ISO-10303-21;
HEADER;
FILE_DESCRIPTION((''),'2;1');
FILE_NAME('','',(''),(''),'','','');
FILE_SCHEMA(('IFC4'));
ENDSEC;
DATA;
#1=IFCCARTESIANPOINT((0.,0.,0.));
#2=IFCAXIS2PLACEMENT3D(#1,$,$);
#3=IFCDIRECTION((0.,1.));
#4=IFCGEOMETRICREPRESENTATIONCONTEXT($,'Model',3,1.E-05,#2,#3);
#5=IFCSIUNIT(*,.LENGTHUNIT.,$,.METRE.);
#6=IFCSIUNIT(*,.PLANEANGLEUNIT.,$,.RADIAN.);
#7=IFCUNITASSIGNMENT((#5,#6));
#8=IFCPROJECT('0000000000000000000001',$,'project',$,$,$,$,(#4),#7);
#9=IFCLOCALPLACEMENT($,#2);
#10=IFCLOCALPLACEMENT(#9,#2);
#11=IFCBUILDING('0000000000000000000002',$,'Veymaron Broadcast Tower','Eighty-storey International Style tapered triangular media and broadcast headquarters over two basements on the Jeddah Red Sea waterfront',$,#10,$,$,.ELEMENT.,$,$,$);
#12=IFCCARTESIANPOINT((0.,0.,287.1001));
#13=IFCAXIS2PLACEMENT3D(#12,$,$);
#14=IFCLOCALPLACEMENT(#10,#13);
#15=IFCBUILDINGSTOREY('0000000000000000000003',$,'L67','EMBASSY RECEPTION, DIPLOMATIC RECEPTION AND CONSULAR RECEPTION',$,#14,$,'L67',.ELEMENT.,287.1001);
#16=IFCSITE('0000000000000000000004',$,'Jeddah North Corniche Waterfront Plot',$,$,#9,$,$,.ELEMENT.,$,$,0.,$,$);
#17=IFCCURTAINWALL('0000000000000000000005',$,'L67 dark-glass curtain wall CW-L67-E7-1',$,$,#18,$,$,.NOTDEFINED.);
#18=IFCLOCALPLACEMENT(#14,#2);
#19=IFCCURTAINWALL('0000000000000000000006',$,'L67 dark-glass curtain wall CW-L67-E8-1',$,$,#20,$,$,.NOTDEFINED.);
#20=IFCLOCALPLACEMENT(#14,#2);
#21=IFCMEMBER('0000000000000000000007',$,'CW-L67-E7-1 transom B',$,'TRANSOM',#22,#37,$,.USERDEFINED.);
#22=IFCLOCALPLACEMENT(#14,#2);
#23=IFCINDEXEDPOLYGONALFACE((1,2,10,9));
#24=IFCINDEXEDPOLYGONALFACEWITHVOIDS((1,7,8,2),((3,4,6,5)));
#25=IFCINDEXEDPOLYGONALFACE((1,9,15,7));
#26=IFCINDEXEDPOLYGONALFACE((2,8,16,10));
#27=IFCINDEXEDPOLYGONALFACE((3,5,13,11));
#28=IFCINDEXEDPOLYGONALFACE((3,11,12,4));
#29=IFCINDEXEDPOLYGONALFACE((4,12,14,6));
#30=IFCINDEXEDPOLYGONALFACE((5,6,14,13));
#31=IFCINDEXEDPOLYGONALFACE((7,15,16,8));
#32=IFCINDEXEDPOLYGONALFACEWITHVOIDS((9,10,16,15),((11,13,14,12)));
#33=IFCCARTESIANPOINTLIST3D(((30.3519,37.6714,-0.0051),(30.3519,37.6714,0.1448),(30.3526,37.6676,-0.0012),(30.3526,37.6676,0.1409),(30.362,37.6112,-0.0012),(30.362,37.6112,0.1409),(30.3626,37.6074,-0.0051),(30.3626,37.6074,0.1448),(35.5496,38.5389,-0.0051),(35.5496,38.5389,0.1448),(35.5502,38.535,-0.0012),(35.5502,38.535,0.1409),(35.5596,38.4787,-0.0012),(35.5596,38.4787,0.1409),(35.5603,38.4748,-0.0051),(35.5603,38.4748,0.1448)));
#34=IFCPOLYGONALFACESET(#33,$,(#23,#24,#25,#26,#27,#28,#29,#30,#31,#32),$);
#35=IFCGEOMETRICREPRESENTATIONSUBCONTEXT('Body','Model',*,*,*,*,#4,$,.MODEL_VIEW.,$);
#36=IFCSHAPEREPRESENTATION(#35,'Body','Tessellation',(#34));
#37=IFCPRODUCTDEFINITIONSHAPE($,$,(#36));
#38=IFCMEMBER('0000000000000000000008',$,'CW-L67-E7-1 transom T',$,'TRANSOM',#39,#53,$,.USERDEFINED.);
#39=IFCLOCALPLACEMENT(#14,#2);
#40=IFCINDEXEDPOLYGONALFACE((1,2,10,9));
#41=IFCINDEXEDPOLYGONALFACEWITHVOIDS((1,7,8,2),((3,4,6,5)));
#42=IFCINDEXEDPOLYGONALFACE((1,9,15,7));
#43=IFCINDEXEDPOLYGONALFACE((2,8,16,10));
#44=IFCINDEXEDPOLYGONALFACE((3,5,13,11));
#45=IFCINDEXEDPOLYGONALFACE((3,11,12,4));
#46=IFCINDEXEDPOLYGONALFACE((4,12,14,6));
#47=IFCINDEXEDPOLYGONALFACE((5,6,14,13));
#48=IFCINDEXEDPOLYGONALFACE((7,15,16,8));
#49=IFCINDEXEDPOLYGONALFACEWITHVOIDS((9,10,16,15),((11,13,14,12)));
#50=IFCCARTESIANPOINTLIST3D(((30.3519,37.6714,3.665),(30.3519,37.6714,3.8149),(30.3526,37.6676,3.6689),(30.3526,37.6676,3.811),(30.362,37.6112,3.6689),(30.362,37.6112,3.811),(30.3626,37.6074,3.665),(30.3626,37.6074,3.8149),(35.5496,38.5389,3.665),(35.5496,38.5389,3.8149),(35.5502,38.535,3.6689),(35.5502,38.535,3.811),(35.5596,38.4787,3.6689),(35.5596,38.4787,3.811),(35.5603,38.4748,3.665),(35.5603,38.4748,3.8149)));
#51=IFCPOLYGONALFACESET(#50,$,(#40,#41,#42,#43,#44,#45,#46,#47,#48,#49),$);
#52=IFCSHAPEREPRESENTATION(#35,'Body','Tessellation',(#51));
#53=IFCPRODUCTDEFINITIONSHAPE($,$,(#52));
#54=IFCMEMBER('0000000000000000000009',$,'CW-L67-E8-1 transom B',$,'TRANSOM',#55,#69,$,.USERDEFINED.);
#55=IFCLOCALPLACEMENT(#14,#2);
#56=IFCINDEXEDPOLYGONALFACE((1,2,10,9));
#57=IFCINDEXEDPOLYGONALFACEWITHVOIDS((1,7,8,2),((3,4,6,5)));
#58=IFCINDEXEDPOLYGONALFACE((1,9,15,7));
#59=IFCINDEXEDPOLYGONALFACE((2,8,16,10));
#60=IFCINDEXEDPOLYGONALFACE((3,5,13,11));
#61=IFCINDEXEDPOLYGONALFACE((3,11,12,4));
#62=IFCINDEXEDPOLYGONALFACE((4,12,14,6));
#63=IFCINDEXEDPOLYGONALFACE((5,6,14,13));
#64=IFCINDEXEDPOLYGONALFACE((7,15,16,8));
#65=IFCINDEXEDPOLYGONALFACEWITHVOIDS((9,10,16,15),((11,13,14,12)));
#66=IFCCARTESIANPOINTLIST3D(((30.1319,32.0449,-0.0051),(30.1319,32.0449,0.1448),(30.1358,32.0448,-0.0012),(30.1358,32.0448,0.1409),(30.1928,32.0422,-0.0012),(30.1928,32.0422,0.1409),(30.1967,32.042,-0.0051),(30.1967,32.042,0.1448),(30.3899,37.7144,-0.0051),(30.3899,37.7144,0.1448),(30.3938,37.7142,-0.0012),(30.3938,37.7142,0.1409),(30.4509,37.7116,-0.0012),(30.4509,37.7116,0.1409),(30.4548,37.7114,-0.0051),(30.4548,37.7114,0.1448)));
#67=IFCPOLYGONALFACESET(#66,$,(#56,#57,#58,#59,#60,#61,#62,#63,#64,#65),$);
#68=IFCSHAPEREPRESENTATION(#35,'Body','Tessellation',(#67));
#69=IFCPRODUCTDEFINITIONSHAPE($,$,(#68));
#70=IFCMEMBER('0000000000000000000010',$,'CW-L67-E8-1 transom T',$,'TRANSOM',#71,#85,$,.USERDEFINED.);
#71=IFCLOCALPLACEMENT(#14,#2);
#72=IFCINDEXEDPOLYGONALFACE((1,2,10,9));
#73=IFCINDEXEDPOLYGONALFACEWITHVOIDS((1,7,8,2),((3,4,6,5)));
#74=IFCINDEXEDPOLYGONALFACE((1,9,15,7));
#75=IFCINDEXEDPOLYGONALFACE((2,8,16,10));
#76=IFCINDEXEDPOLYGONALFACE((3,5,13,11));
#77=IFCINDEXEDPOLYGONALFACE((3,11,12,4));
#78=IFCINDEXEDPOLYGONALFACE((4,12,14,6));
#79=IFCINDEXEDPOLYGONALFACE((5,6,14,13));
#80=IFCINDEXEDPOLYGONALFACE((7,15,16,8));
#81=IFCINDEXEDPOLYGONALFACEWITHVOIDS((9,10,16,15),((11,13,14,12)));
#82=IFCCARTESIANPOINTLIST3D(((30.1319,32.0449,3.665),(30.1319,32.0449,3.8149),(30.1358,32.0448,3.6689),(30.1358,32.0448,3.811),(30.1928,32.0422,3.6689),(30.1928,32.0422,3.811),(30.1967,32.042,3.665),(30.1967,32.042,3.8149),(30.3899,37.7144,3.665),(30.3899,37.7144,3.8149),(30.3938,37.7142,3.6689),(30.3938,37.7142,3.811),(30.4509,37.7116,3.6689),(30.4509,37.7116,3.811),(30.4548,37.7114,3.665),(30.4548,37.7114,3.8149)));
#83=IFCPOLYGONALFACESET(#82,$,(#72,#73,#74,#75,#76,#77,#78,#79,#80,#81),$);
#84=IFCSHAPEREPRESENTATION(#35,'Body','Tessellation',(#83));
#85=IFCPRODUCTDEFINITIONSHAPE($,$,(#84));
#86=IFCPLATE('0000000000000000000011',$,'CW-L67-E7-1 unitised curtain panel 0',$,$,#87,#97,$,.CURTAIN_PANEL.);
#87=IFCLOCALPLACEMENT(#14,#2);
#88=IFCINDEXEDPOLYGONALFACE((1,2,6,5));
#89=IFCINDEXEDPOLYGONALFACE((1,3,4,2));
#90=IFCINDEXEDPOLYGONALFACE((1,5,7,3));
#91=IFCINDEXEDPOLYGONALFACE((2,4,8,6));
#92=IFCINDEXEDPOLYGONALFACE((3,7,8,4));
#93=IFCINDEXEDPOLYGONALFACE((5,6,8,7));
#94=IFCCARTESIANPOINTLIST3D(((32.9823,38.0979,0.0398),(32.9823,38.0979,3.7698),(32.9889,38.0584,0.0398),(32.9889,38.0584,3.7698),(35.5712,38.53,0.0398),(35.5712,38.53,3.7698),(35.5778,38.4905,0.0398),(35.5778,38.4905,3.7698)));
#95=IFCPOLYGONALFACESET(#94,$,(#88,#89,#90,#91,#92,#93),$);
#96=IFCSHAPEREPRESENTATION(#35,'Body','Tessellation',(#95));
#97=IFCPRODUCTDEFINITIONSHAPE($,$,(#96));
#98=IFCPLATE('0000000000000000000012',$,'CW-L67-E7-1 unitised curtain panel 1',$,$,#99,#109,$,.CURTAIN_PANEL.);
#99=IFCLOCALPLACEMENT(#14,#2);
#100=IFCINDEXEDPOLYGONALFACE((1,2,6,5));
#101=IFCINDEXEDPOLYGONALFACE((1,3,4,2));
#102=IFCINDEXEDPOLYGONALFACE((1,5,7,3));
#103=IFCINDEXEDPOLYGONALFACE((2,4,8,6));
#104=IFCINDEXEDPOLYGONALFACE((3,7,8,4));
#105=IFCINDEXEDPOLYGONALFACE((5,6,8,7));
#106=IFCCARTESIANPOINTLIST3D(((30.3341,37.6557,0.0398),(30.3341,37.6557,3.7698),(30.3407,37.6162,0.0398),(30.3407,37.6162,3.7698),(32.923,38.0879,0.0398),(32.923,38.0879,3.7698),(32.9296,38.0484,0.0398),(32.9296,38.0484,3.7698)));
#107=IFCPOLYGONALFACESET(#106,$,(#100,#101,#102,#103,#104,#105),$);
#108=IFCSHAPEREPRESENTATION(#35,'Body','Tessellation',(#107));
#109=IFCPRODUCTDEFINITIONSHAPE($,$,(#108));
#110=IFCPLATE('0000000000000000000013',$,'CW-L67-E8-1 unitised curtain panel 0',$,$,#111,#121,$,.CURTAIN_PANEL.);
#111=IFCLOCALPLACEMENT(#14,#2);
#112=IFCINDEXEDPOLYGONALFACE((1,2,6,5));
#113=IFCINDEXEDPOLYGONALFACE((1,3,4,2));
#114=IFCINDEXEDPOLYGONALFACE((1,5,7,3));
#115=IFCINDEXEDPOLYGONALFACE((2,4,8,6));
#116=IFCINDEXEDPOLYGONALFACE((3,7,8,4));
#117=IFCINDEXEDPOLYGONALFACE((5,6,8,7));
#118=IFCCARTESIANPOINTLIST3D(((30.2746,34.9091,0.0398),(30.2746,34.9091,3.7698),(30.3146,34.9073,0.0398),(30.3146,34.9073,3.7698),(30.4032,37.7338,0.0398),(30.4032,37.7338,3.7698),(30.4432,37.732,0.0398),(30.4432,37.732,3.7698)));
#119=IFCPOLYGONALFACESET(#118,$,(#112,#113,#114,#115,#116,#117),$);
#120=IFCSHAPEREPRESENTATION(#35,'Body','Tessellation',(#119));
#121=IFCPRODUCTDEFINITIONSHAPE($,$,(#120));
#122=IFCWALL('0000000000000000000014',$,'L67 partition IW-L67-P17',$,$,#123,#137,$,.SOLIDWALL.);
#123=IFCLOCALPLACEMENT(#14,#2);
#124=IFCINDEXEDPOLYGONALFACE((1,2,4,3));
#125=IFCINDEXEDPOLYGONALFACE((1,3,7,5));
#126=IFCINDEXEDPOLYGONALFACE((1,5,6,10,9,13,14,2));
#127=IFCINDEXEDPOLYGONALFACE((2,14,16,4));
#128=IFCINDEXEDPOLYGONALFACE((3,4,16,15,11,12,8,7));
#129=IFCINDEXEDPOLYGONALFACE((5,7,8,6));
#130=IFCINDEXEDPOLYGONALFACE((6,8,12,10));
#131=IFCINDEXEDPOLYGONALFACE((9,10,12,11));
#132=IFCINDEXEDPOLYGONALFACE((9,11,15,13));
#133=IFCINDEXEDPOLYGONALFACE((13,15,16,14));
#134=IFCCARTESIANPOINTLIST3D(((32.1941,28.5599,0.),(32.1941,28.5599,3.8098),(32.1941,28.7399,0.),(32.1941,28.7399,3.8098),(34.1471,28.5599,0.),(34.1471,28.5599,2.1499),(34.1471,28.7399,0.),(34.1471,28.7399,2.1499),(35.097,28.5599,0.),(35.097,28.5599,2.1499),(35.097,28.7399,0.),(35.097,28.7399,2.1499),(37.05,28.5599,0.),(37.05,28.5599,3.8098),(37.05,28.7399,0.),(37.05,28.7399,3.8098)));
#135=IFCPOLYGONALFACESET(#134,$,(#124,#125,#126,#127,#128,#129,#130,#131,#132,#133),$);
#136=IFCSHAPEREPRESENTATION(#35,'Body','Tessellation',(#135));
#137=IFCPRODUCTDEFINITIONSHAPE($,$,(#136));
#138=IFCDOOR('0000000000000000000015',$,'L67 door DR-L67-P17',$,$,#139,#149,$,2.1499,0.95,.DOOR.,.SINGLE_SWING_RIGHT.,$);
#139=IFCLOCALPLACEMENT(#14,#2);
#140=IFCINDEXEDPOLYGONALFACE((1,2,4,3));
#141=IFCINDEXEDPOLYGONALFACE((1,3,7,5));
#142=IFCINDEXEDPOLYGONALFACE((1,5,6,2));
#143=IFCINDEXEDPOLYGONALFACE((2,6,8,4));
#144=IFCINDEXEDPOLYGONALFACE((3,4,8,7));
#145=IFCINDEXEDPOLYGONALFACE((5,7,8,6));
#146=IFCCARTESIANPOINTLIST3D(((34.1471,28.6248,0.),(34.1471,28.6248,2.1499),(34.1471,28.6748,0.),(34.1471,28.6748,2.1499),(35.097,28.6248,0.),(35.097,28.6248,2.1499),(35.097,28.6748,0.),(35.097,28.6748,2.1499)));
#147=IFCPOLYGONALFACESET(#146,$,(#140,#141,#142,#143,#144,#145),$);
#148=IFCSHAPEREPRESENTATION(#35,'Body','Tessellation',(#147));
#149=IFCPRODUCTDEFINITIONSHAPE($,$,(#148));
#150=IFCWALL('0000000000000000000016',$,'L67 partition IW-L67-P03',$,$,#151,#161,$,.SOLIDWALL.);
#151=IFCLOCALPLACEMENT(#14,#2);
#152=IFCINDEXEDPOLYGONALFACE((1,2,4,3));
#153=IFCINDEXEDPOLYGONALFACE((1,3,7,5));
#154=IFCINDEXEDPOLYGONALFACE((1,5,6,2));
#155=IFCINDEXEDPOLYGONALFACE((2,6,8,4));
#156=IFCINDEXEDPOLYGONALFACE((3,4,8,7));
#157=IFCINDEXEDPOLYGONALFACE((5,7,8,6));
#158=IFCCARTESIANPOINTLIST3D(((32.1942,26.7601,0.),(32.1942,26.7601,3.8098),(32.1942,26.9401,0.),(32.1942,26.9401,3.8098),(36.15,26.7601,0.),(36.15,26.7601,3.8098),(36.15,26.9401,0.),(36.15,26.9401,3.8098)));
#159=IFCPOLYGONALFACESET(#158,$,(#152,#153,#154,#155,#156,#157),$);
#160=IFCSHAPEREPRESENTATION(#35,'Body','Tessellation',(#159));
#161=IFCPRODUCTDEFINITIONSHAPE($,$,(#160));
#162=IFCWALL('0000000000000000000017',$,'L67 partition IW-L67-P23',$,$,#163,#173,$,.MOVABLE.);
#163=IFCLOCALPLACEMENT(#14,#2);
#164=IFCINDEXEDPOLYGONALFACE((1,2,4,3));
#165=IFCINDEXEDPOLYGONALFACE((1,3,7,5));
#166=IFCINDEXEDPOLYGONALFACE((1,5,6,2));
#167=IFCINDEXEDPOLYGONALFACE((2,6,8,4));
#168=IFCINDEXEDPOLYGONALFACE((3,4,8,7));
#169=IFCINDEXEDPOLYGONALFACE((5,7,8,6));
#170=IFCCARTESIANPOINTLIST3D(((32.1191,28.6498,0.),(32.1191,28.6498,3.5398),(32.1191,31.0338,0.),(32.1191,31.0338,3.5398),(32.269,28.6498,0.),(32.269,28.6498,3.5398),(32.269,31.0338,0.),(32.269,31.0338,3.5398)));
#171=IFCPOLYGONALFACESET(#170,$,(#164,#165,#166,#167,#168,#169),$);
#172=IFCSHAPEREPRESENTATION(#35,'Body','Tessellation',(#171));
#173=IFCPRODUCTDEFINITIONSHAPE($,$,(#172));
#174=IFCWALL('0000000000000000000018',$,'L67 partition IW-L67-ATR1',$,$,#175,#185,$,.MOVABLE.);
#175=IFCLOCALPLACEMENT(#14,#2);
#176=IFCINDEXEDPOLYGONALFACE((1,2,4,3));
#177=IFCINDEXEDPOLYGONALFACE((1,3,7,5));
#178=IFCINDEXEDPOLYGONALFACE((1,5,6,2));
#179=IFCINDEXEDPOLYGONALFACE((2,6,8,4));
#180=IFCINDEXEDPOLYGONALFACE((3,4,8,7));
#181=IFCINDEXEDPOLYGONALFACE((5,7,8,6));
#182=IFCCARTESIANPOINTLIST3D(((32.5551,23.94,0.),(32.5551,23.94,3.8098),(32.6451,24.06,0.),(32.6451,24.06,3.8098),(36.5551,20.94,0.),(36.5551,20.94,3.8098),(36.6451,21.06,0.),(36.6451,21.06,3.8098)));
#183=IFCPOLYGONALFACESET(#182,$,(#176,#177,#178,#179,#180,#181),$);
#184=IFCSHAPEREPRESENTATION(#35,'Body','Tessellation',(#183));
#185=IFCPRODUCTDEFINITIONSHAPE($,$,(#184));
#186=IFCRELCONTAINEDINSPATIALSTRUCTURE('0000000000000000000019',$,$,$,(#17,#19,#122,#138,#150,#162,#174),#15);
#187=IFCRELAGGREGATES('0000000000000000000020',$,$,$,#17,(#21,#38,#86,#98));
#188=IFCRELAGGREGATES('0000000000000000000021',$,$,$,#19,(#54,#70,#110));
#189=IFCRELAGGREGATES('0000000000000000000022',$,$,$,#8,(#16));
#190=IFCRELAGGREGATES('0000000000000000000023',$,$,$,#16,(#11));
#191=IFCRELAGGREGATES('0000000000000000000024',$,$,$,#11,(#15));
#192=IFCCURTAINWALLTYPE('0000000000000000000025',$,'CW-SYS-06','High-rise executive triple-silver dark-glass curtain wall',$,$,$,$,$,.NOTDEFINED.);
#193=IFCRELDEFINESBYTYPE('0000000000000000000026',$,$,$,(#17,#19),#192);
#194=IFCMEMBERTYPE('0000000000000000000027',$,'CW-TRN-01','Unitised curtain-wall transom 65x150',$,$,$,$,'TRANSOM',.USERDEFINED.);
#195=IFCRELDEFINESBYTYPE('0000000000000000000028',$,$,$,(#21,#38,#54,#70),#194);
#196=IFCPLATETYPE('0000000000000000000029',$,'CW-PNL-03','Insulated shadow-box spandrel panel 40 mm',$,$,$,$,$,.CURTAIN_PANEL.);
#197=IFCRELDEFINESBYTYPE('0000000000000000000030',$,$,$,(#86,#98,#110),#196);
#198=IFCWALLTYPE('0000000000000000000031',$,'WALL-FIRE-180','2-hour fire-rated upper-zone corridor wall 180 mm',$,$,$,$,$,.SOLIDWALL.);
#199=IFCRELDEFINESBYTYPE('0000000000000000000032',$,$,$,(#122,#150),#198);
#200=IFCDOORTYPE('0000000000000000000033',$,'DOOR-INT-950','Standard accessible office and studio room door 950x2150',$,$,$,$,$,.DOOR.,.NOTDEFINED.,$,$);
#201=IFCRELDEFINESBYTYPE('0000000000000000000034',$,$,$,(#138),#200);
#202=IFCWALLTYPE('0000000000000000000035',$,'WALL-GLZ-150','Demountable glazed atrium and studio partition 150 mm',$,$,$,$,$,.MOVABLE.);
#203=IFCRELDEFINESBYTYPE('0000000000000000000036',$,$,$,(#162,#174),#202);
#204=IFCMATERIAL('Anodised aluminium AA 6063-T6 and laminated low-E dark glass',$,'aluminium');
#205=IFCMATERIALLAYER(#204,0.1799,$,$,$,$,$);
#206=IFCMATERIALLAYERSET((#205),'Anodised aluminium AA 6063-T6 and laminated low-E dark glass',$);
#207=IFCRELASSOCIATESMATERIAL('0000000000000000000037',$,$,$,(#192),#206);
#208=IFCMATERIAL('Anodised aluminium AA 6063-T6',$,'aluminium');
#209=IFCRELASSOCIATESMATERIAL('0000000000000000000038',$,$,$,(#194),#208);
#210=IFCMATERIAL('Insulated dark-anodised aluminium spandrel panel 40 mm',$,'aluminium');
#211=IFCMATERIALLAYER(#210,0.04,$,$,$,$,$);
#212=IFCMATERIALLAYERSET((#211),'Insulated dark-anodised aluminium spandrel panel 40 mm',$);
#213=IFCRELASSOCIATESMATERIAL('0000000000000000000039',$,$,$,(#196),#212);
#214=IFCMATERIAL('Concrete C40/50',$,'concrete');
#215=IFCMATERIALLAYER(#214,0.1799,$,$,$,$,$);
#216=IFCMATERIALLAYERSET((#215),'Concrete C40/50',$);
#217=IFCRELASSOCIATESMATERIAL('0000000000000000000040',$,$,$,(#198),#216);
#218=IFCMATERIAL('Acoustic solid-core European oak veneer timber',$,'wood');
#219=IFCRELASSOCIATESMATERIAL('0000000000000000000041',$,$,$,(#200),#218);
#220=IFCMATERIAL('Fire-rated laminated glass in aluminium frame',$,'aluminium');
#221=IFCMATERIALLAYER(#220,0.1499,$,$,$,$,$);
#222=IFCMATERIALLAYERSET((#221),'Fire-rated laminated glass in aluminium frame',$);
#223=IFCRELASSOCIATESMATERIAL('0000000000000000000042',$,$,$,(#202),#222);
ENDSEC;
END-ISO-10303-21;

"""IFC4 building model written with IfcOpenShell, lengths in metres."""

from ifc_helpers import new_model, si_unit, direction, frame, frame_2d, origin, origin_2d, place, context, subcontext, project, spatial, rectangle, hollow_rectangle, extrude, material, layer, layer_set, material_profile, profile_set, type_object, element, fill, aggregate, save


model = new_model("IFC4")

# Units and contexts
model_context = context("Model", 3, precision=1e-05, world=origin(), true_north=direction((0.0, 1.0)))
body_context = subcontext(model_context, "Body", "Model", "MODEL_VIEW")
ifc_project = project(units=[si_unit("LENGTHUNIT", "METRE"), si_unit("PLANEANGLEUNIT", "RADIAN")], contexts=[model_context])

# Site, building, storey
site_placement = place(None, origin())
site = spatial("IfcSite", under=ifc_project, at=site_placement, Name="Jeddah North Corniche Waterfront Plot", CompositionType="ELEMENT", RefElevation=0.0)
building_placement = place(site_placement, origin())
building = spatial("IfcBuilding", under=site, at=building_placement, Name="Veymaron Broadcast Tower", Description="Eighty-storey International Style tapered triangular media and broadcast headquarters over two basements on the Jeddah Red Sea waterfront", CompositionType="ELEMENT")
storey_placement = place(building_placement, frame((0.0, 0.0, 287.1001)))
storey = spatial("IfcBuildingStorey", under=building, at=storey_placement, Name="L67", Description="EMBASSY RECEPTION, DIPLOMATIC RECEPTION AND CONSULAR RECEPTION", LongName="L67", CompositionType="ELEMENT", Elevation=287.1001)

# Shared definitions
ifc_material_1 = material(Name="Anodised aluminium AA 6063-T6 and laminated low-E dark glass", Category="aluminium")
ifc_layer_1 = layer(ifc_material_1, 0.1799)
ifc_layer_set_1 = layer_set([ifc_layer_1], Name="Anodised aluminium AA 6063-T6 and laminated low-E dark glass")
curtain_wall_type = type_object("IfcCurtainWallType", Name="CW-SYS-06", Description="High-rise executive triple-silver dark-glass curtain wall", PredefinedType="NOTDEFINED", material=ifc_layer_set_1)
ifc_material_2 = material(Name="Anodised aluminium AA 6063-T6", Category="aluminium")

# Curtain walls
curtain_wall_1_placement = place(storey_placement, origin())
curtain_wall_1 = element("IfcCurtainWall", 1, at=curtain_wall_1_placement, inside=storey, type_object=curtain_wall_type, Name="L67 dark-glass curtain wall CW-L67-E7-1", PredefinedType="NOTDEFINED")
curtain_wall_2_placement = place(storey_placement, origin())
curtain_wall_2 = element("IfcCurtainWall", 2, at=curtain_wall_2_placement, inside=storey, type_object=curtain_wall_type, Name="L67 dark-glass curtain wall CW-L67-E8-1", PredefinedType="NOTDEFINED")

# Members
ifc_material_profile_1 = material_profile(ifc_material_2, hollow_rectangle(XDim=0.0649, YDim=0.1499, WallThickness=0.0039, at=origin_2d()), Name="AL150X65X4")
ifc_profile_set_1 = profile_set([ifc_material_profile_1], Name="Anodised aluminium AA 6063-T6")
member_type_1 = type_object("IfcMemberType", Name="CW-TRN-01", Description="Unitised curtain-wall transom 65x150", ElementType="TRANSOM", PredefinedType="USERDEFINED", material=ifc_profile_set_1)
member_1_placement = place(storey_placement, frame((35.5549, 38.5068, 0.0698), z_axis=(-0.986359, -0.164609, 0.0), x_axis=(0.164609, -0.986359, 0.0)))
member_1 = element("IfcMember", 3, at=member_1_placement, type_object=member_type_1, Name="CW-L67-E7-1 transom B", ObjectType="TRANSOM", PredefinedType="USERDEFINED", context=body_context, shape_type="SweptSolid", body=[
    extrude(hollow_rectangle(XDim=0.0649, YDim=0.1499, WallThickness=0.0039, at=origin_2d()), origin(), (0.0, 0.0, 1.0), 5.2695),
])
member_2_placement = place(storey_placement, frame((35.5549, 38.5068, 3.74), z_axis=(-0.986359, -0.164609, 0.0), x_axis=(0.164609, -0.986359, 0.0)))
member_2 = element("IfcMember", 4, at=member_2_placement, type_object=member_type_1, Name="CW-L67-E7-1 transom T", ObjectType="TRANSOM", PredefinedType="USERDEFINED", context=body_context, shape_type="SweptSolid", body=[
    extrude(hollow_rectangle(XDim=0.0649, YDim=0.1499, WallThickness=0.0039, at=origin_2d()), origin(), (0.0, 0.0, 1.0), 5.2695),
])
member_3_placement = place(storey_placement, frame((30.4224, 37.7129, 0.0698), z_axis=(-0.04547, -0.998966, 0.0), x_axis=(0.998966, -0.04547, 0.0)))
member_3 = element("IfcMember", 5, at=member_3_placement, type_object=member_type_1, Name="CW-L67-E8-1 transom B", ObjectType="TRANSOM", PredefinedType="USERDEFINED", context=body_context, shape_type="SweptSolid", body=[
    extrude(hollow_rectangle(XDim=0.0649, YDim=0.1499, WallThickness=0.0039, at=origin_2d()), origin(), (0.0, 0.0, 1.0), 5.6753),
])
member_4_placement = place(storey_placement, frame((30.4224, 37.7129, 3.74), z_axis=(-0.04547, -0.998966, 0.0), x_axis=(0.998966, -0.04547, 0.0)))
member_4 = element("IfcMember", 6, at=member_4_placement, type_object=member_type_1, Name="CW-L67-E8-1 transom T", ObjectType="TRANSOM", PredefinedType="USERDEFINED", context=body_context, shape_type="SweptSolid", body=[
    extrude(hollow_rectangle(XDim=0.0649, YDim=0.1499, WallThickness=0.0039, at=origin_2d()), origin(), (0.0, 0.0, 1.0), 5.6753),
])

# Plates
ifc_material_3 = material(Name="Insulated dark-anodised aluminium spandrel panel 40 mm", Category="aluminium")
ifc_layer_2 = layer(ifc_material_3, 0.04)
ifc_layer_set_2 = layer_set([ifc_layer_2], Name="Insulated dark-anodised aluminium spandrel panel 40 mm")
plate_type = type_object("IfcPlateType", Name="CW-PNL-03", Description="Insulated shadow-box spandrel panel 40 mm", PredefinedType="CURTAIN_PANEL", material=ifc_layer_set_2)
plate_1_placement = place(storey_placement, frame((34.28, 38.2942, 0.0398), z_axis=(0.0, 0.0, 1.0), x_axis=(-0.986355, -0.164634, 0.0)))
plate_1 = element("IfcPlate", 7, at=plate_1_placement, type_object=plate_type, Name="CW-L67-E7-1 unitised curtain panel 0", PredefinedType="CURTAIN_PANEL", context=body_context, shape_type="SweptSolid", body=[
    extrude(rectangle(XDim=2.6248, YDim=0.04, at=origin_2d()), origin(), (0.0, 0.0, 1.0), 3.73),
])
plate_2_placement = place(storey_placement, frame((31.6318, 37.8521, 0.0398), z_axis=(0.0, 0.0, 1.0), x_axis=(-0.986355, -0.164634, 0.0)))
plate_2 = element("IfcPlate", 8, at=plate_2_placement, type_object=plate_type, Name="CW-L67-E7-1 unitised curtain panel 1", PredefinedType="CURTAIN_PANEL", context=body_context, shape_type="SweptSolid", body=[
    extrude(rectangle(XDim=2.6248, YDim=0.04, at=origin_2d()), origin(), (0.0, 0.0, 1.0), 3.73),
])
aggregate(curtain_wall_1, [member_1, member_2, plate_1, plate_2])
plate_3_placement = place(storey_placement, frame((30.3589, 36.3206, 0.0398), z_axis=(0.0, 0.0, 1.0), x_axis=(-0.045502, -0.998964, 0.0)))
plate_3 = element("IfcPlate", 9, at=plate_3_placement, type_object=plate_type, Name="CW-L67-E8-1 unitised curtain panel 0", PredefinedType="CURTAIN_PANEL", context=body_context, shape_type="SweptSolid", body=[
    extrude(rectangle(XDim=2.8276, YDim=0.04, at=origin_2d()), origin(), (0.0, 0.0, 1.0), 3.73),
])
aggregate(curtain_wall_2, [member_3, member_4, plate_3])

# Wall, opening, door
ifc_material_4 = material(Name="Concrete C40/50", Category="concrete")
ifc_layer_3 = layer(ifc_material_4, 0.1799)
ifc_layer_set_3 = layer_set([ifc_layer_3], Name="Concrete C40/50")
wall_type_1 = type_object("IfcWallType", Name="WALL-FIRE-180", Description="2-hour fire-rated upper-zone corridor wall 180 mm", PredefinedType="SOLIDWALL", material=ifc_layer_set_3)
wall_1_placement = place(storey_placement, frame((32.1941, 28.6499, 0.0), z_axis=(0.0, 0.0, 1.0), x_axis=(1.0, 0.0, 0.0)))
wall_1 = element("IfcWall", 10, at=wall_1_placement, inside=storey, type_object=wall_type_1, Name="L67 partition IW-L67-P17", PredefinedType="SOLIDWALL", context=body_context, shape_type="SweptSolid", body=[
    extrude(rectangle(XDim=4.856, YDim=0.1799, at=frame_2d((2.428, 0.0))), origin(), (0.0, 0.0, 1.0), 3.8098),
])
opening_placement = place(wall_1_placement, frame((1.9529, 0.0, 0.0)))
opening = element("IfcOpeningElement", 11, at=opening_placement, cuts=wall_1, PredefinedType="OPENING", context=body_context, shape_type="SweptSolid", body=[
    extrude(rectangle(XDim=0.95, YDim=2.1499, at=frame_2d((0.4751, 1.075))), frame((0.0, 0.1001, 0.0), z_axis=(0.0, -1.0, 0.0), x_axis=(1.0, 0.0, 0.0)), (0.0, 0.0, 1.0), 0.2),
])
ifc_material_5 = material(Name="Acoustic solid-core European oak veneer timber", Category="wood")
door_type = type_object("IfcDoorType", Name="DOOR-INT-950", Description="Standard accessible office and studio room door 950x2150", OperationType="NOTDEFINED", PredefinedType="DOOR", material=ifc_material_5)
door_placement = place(opening_placement, origin())
door = element("IfcDoor", 12, at=door_placement, inside=storey, type_object=door_type, Name="L67 door DR-L67-P17", OperationType="SINGLE_SWING_RIGHT", OverallHeight=2.1499, OverallWidth=0.95, PredefinedType="DOOR", context=body_context, shape_type="SweptSolid", body=[
    extrude(rectangle(XDim=0.95, YDim=2.1499, at=frame_2d((0.4751, 1.075))), frame((0.0, 0.0249, 0.0), z_axis=(0.0, -1.0, 0.0), x_axis=(1.0, 0.0, 0.0)), (0.0, 0.0, 1.0), 0.05),
])
fill(opening, door)

# Walls
wall_2_placement = place(storey_placement, frame((32.1941, 26.8501, 0.0), z_axis=(0.0, 0.0, 1.0), x_axis=(1.0, 0.0, 0.0)))
element("IfcWall", 13, at=wall_2_placement, inside=storey, type_object=wall_type_1, Name="L67 partition IW-L67-P03", PredefinedType="SOLIDWALL", context=body_context, shape_type="SweptSolid", body=[
    extrude(rectangle(XDim=3.9558, YDim=0.1799, at=frame_2d((1.978, 0.0))), origin(), (0.0, 0.0, 1.0), 3.8098),
])
ifc_material_6 = material(Name="Fire-rated laminated glass in aluminium frame", Category="aluminium")
ifc_layer_4 = layer(ifc_material_6, 0.1499)
ifc_layer_set_4 = layer_set([ifc_layer_4], Name="Fire-rated laminated glass in aluminium frame")
wall_type_2 = type_object("IfcWallType", Name="WALL-GLZ-150", Description="Demountable glazed atrium and studio partition 150 mm", PredefinedType="MOVABLE", material=ifc_layer_set_4)
wall_3_placement = place(storey_placement, frame((32.1941, 28.6499, 0.0), z_axis=(0.0, 0.0, 1.0), x_axis=(0.0, 1.0, 0.0)))
element("IfcWall", 14, at=wall_3_placement, inside=storey, type_object=wall_type_2, Name="L67 partition IW-L67-P23", PredefinedType="MOVABLE", context=body_context, shape_type="SweptSolid", body=[
    extrude(rectangle(XDim=2.384, YDim=0.1499, at=frame_2d((1.1919, 0.0))), origin(), (0.0, 0.0, 1.0), 3.5398),
])
wall_4_placement = place(storey_placement, frame((32.6001, 24.0, 0.0), z_axis=(0.0, 0.0, 1.0), x_axis=(0.8, -0.6, 0.0)))
element("IfcWall", 15, at=wall_4_placement, inside=storey, type_object=wall_type_2, Name="L67 partition IW-L67-ATR1", PredefinedType="MOVABLE", context=body_context, shape_type="SweptSolid", body=[
    extrude(rectangle(XDim=5.0, YDim=0.1499, at=frame_2d((2.5, 0.0))), origin(), (0.0, 0.0, 1.0), 3.8098),
])

save(model, "model.ifc")
